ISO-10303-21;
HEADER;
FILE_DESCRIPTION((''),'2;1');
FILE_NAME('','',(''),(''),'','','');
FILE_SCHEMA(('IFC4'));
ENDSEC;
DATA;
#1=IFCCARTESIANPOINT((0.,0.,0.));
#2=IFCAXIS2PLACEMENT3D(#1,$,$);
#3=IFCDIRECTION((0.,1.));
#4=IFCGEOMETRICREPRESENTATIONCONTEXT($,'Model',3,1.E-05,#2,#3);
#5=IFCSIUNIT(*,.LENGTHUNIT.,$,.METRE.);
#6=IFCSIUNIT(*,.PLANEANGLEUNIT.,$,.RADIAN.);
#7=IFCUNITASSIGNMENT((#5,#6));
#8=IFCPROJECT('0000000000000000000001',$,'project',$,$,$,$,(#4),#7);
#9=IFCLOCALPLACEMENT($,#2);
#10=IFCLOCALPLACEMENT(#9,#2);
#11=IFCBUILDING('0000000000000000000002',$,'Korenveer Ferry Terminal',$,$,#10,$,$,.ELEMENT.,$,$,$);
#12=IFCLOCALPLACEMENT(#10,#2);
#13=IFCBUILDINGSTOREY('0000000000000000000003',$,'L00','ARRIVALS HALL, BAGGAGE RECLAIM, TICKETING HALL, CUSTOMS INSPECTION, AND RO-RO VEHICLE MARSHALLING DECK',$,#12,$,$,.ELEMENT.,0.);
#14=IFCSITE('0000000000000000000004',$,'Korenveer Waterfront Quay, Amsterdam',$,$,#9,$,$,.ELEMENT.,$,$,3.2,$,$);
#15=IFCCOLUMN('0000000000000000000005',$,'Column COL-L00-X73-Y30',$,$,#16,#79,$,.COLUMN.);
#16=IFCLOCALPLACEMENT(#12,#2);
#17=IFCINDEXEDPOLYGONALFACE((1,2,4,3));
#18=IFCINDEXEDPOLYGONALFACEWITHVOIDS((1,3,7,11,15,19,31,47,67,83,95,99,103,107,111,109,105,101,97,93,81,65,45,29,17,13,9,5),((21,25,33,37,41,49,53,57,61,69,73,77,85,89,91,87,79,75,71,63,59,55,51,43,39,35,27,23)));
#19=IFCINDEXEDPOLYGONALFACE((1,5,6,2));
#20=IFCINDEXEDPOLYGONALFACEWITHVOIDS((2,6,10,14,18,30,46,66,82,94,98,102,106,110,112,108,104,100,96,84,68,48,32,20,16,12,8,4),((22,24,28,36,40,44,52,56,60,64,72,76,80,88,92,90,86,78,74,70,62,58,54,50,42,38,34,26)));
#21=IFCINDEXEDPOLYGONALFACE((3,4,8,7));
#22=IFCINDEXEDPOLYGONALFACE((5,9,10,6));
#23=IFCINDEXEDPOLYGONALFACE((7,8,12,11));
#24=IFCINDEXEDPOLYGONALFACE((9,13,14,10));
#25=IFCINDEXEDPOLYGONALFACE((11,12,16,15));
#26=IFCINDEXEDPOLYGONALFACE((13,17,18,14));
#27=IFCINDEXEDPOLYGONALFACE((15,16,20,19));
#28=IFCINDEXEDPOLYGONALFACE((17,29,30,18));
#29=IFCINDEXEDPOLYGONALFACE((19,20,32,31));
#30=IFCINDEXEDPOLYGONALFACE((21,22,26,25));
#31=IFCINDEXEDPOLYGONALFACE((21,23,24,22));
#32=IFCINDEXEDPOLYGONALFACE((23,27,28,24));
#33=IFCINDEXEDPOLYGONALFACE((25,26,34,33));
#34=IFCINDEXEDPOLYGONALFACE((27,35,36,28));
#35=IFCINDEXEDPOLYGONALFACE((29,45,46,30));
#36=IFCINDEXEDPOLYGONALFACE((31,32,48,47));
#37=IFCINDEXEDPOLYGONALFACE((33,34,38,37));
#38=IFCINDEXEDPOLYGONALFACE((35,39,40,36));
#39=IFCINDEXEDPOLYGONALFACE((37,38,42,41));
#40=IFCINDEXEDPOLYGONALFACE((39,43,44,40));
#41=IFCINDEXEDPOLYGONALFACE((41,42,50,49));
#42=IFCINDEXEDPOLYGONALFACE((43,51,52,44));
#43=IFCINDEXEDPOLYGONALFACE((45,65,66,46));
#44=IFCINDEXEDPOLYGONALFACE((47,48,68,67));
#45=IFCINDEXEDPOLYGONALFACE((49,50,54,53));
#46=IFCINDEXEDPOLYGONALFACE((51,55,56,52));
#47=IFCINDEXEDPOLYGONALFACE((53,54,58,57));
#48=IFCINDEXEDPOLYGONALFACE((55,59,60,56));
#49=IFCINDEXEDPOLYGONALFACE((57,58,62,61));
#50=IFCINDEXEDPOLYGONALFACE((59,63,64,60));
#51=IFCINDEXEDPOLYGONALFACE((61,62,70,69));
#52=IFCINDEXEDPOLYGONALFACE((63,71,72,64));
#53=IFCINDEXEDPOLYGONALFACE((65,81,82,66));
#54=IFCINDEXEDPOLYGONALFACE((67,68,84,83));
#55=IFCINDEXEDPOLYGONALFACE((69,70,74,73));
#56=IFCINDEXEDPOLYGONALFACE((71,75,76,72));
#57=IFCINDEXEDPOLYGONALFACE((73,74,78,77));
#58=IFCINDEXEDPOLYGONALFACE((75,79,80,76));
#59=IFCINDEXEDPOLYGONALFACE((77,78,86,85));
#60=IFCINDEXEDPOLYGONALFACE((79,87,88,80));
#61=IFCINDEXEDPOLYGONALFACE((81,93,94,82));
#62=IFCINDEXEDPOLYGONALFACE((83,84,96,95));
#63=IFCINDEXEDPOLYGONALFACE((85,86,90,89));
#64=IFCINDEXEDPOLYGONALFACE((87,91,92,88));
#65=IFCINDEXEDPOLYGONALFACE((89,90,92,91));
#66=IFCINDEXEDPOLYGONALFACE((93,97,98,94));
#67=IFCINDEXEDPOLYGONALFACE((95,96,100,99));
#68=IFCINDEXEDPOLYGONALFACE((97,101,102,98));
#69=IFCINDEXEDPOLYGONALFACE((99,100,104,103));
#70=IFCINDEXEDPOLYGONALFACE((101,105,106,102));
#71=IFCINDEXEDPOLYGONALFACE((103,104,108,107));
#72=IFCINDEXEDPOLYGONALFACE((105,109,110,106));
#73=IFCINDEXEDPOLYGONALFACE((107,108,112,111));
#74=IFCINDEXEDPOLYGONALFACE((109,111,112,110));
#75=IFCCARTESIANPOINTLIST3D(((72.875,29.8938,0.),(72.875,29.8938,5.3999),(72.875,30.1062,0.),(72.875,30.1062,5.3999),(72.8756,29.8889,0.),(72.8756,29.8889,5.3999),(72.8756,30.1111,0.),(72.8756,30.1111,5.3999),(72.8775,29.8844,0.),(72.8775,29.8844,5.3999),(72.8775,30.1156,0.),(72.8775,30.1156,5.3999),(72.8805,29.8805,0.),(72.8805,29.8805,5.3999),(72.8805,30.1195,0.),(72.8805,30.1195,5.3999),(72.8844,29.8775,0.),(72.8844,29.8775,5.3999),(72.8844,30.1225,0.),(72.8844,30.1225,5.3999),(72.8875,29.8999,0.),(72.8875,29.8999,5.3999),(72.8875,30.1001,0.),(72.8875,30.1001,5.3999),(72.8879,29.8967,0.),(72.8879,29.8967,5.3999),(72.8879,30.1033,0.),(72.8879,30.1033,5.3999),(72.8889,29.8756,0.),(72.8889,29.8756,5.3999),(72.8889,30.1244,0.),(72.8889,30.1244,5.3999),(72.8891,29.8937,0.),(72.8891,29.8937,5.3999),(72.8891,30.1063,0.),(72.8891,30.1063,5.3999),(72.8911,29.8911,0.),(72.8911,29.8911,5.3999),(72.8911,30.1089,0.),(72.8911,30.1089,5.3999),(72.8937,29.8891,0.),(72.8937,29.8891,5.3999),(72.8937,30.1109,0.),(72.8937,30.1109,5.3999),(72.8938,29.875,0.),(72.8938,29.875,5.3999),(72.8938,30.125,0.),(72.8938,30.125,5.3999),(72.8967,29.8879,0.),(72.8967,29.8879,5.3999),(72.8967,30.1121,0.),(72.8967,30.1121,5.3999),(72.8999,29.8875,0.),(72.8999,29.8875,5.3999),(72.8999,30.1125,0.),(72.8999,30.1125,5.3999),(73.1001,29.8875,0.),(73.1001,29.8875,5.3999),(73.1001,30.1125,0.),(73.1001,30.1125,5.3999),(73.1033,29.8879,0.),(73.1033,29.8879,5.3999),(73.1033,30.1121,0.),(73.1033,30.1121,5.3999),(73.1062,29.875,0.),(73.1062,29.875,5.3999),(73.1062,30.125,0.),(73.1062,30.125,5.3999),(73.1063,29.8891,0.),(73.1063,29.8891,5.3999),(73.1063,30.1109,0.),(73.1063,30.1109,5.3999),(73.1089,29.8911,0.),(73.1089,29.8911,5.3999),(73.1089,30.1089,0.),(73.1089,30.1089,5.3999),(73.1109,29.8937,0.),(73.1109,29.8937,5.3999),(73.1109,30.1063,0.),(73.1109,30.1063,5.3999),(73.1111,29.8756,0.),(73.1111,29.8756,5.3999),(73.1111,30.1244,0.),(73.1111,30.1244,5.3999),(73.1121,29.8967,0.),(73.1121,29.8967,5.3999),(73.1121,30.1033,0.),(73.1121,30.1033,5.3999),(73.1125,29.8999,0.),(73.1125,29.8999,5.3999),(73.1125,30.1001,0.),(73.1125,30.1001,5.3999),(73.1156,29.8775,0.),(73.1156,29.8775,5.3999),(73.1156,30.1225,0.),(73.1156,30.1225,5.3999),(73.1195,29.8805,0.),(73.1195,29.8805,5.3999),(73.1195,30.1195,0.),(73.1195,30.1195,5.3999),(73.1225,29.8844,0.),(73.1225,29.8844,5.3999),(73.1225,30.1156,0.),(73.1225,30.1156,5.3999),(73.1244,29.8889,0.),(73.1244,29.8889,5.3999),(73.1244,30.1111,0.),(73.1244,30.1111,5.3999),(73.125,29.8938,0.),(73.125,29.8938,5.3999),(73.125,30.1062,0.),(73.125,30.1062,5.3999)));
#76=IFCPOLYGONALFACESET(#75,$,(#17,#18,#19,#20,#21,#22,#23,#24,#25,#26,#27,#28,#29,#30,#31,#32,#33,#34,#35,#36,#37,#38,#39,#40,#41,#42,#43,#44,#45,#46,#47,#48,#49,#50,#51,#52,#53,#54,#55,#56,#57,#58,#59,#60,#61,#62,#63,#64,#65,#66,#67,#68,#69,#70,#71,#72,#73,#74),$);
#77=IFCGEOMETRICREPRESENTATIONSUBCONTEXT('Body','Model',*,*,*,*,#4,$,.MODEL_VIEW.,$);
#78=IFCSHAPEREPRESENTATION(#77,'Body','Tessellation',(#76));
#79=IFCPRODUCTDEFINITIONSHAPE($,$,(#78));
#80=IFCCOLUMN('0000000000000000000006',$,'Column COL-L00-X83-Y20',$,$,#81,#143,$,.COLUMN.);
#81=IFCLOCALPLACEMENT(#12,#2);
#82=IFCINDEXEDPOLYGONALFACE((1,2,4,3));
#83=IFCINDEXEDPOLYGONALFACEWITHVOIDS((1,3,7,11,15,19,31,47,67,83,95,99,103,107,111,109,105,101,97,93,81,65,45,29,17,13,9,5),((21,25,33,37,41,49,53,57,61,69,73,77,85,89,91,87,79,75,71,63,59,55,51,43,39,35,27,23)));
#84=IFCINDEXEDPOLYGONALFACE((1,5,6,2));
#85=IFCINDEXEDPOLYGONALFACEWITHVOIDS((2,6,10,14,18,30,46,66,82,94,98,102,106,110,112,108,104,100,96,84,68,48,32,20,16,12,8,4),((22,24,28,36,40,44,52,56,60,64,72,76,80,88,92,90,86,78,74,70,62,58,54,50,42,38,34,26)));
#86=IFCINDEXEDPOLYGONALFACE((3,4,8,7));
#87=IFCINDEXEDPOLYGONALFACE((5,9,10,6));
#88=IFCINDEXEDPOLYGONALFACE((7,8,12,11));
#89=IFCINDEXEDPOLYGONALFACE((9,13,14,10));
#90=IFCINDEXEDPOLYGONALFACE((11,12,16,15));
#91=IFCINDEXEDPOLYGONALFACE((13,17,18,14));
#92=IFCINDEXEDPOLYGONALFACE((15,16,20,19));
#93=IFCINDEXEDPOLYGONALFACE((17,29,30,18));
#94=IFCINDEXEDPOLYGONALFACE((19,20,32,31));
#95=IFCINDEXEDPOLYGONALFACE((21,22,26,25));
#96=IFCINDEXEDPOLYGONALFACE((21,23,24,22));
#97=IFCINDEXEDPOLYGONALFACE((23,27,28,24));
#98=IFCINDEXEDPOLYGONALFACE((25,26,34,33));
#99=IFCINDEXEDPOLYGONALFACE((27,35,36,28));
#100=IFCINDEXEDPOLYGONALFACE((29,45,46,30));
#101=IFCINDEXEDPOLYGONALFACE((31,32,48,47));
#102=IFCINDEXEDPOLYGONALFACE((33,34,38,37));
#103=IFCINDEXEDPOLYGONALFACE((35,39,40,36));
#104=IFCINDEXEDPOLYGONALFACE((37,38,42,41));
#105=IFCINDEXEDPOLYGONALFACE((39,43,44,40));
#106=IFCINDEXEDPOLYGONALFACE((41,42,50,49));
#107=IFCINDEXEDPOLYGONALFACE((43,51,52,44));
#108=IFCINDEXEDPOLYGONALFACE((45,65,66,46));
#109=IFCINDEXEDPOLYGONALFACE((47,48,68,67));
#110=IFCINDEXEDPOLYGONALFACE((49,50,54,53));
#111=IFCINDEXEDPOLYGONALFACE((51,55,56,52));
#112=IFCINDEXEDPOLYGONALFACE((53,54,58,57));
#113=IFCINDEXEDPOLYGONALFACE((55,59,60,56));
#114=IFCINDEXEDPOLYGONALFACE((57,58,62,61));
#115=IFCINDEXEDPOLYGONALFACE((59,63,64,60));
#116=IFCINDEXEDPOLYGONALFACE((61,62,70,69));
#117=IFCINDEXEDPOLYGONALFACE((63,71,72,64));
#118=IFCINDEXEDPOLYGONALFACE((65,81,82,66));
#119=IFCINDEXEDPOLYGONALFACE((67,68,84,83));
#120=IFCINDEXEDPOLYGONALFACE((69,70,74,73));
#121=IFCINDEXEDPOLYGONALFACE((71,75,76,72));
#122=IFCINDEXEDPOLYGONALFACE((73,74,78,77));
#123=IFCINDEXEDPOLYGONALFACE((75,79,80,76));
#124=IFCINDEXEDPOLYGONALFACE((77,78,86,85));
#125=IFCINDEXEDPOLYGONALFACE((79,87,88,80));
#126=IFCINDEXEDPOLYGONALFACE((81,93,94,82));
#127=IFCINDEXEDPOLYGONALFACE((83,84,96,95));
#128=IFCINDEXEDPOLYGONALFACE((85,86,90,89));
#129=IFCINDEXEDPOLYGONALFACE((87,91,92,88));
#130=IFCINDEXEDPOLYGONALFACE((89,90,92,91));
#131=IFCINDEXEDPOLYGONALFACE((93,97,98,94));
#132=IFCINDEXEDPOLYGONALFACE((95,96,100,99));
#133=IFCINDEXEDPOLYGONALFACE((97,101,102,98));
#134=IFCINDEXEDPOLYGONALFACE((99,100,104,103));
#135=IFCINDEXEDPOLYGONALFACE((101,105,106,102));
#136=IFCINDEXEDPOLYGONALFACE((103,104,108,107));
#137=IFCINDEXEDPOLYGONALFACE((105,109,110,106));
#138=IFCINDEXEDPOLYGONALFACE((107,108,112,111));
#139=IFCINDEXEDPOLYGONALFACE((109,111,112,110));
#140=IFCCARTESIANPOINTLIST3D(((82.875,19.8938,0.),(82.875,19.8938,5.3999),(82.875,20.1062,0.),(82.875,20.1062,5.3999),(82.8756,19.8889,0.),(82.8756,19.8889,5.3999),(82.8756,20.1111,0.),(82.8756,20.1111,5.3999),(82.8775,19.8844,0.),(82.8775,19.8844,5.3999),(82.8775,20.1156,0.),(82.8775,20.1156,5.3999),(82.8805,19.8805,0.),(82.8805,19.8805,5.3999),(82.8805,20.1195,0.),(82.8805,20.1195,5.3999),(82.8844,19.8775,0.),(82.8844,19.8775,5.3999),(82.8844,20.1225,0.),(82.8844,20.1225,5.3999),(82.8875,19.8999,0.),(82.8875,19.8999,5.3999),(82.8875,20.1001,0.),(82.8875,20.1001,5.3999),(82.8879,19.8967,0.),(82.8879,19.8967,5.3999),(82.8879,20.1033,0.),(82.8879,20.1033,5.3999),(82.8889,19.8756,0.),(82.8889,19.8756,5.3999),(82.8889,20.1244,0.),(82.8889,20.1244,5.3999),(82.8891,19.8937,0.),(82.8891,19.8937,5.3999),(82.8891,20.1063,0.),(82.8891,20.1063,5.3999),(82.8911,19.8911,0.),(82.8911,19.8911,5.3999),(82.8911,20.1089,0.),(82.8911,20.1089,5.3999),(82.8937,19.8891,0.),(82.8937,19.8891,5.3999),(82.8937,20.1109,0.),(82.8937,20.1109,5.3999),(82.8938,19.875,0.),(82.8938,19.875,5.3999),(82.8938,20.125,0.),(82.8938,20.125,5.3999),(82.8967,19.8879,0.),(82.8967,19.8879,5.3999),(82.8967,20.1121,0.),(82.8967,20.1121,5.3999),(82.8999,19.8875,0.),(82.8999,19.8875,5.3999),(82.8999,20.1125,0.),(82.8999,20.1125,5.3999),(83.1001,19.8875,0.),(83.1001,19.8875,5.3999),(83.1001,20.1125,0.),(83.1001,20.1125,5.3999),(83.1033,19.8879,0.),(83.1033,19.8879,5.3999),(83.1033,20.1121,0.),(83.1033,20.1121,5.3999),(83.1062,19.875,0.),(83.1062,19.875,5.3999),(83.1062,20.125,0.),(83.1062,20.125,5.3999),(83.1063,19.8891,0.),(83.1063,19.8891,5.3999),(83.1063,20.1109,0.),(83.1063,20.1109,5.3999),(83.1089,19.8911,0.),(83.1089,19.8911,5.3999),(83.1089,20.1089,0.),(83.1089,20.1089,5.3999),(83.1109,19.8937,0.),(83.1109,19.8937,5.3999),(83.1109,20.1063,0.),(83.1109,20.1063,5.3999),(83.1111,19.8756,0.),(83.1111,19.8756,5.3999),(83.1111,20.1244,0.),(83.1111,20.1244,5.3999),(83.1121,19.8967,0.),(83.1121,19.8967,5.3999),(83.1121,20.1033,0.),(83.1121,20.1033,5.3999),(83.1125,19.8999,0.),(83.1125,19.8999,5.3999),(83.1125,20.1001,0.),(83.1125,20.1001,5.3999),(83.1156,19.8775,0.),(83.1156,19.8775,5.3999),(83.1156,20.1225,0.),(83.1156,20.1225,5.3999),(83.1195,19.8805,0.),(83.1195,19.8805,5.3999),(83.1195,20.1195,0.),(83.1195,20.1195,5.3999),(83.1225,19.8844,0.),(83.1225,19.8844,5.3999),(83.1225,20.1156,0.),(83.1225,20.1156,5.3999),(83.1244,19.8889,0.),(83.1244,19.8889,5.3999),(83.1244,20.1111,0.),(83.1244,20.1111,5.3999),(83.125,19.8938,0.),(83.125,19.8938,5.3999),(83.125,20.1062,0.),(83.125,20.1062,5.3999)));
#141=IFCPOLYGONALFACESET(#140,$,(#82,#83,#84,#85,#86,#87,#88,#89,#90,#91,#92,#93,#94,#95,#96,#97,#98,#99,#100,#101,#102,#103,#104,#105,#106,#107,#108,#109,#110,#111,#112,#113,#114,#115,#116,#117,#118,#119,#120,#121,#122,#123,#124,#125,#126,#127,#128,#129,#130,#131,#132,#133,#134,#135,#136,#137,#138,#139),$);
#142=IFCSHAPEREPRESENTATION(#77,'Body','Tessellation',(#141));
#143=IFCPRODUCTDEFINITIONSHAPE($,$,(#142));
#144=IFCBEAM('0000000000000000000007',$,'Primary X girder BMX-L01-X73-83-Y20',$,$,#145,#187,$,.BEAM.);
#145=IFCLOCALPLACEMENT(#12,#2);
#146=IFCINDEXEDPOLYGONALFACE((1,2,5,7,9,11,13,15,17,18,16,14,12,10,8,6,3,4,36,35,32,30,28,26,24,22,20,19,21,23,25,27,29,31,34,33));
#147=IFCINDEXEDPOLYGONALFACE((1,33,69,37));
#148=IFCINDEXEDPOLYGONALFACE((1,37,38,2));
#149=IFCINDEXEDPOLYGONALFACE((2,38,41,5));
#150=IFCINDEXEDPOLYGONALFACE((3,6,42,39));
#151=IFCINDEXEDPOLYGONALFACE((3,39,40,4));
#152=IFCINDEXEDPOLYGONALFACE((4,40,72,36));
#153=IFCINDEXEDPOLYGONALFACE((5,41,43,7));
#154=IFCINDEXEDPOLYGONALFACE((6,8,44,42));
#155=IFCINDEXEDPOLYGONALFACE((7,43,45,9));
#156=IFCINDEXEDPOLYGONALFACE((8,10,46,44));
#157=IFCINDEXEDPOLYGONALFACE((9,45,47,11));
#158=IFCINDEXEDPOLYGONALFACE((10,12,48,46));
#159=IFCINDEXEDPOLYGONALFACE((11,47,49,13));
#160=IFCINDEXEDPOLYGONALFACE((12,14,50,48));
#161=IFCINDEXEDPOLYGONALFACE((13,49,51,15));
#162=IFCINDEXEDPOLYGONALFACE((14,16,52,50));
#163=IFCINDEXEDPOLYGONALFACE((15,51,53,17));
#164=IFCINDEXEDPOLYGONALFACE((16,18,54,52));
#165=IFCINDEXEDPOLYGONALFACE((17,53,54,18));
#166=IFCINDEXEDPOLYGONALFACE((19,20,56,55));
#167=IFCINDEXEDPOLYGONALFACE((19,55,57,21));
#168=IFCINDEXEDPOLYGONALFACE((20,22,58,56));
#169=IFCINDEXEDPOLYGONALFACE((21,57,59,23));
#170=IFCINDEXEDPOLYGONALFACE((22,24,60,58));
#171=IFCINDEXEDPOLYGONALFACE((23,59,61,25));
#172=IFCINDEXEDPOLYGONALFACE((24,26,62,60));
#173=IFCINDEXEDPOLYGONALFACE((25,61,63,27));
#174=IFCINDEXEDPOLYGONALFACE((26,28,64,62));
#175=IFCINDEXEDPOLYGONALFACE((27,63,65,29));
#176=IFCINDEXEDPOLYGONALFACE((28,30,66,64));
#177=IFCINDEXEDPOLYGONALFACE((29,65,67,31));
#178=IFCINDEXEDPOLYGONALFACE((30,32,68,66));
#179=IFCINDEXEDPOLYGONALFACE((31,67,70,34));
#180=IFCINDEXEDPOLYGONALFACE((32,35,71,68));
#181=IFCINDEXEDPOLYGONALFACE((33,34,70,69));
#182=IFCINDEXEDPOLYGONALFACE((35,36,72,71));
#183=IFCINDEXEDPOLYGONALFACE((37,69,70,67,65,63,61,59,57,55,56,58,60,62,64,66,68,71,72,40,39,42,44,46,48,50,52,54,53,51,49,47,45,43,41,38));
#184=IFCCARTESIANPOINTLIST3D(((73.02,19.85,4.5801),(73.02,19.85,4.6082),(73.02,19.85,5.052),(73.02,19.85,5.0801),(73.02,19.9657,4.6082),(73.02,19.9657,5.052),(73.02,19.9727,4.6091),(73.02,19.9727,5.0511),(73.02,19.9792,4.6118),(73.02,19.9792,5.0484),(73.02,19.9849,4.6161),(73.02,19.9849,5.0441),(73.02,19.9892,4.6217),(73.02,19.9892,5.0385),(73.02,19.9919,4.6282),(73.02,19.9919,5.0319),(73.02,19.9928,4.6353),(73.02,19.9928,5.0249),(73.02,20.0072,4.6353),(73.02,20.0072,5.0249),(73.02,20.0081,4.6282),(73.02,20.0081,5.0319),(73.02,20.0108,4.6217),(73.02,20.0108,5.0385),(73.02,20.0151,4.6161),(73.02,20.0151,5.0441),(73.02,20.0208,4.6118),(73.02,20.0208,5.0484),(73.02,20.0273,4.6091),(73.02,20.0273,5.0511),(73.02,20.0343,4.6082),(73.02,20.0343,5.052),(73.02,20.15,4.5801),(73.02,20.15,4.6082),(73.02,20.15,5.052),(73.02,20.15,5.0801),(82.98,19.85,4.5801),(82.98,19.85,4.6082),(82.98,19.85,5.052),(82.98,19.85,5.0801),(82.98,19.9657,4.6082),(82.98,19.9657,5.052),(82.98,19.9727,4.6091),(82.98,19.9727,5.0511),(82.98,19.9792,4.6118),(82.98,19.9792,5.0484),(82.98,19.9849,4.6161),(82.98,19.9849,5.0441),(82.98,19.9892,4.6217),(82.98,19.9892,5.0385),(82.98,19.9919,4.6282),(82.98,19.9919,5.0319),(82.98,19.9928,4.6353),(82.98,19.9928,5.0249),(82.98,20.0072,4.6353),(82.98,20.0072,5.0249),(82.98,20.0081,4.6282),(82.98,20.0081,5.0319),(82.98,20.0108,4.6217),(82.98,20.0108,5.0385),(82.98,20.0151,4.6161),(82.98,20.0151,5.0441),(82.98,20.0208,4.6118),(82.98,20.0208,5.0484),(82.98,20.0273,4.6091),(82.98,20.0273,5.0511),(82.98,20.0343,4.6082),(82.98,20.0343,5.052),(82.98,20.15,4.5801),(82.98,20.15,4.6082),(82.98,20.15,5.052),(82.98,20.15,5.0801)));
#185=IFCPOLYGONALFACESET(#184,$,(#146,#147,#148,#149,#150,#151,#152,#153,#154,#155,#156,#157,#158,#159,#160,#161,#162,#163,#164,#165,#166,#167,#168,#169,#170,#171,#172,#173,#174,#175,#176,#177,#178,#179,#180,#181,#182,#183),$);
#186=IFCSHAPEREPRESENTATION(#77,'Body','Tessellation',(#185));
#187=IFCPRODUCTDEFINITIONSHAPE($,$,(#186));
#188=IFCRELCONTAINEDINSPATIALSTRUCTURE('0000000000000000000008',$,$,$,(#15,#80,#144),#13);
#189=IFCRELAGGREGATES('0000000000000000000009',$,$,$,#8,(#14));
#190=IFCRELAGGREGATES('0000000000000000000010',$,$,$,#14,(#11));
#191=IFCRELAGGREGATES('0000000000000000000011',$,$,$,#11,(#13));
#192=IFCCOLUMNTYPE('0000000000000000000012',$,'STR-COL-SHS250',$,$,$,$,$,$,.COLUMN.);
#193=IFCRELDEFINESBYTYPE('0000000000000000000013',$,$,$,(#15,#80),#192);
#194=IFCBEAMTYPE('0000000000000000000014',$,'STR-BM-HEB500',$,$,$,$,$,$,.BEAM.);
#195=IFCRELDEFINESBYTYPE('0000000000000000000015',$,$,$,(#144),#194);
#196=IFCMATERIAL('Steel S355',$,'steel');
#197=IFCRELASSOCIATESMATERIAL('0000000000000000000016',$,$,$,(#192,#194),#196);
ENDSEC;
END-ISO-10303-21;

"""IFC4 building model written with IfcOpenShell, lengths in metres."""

from ifc_helpers import new_model, si_unit, direction, frame, origin, origin_2d, place, context, subcontext, project, spatial, hollow_rectangle, i_section, extrude, material, material_profile, profile_set, type_object, element, save


model = new_model("IFC4")

# Units and contexts
model_context = context("Model", 3, precision=1e-05, world=origin(), true_north=direction((0.0, 1.0)))
body_context = subcontext(model_context, "Body", "Model", "MODEL_VIEW")
ifc_project = project(units=[si_unit("LENGTHUNIT", "METRE"), si_unit("PLANEANGLEUNIT", "RADIAN")], contexts=[model_context])

# Site, building, storey
site_placement = place(None, origin())
site = spatial("IfcSite", under=ifc_project, at=site_placement, Name="Korenveer Waterfront Quay, Amsterdam", CompositionType="ELEMENT", RefElevation=3.2)
building_placement = place(site_placement, origin())
building = spatial("IfcBuilding", under=site, at=building_placement, Name="Korenveer Ferry Terminal", CompositionType="ELEMENT")
storey_placement = place(building_placement, origin())
storey = spatial("IfcBuildingStorey", under=building, at=storey_placement, Name="L00", Description="ARRIVALS HALL, BAGGAGE RECLAIM, TICKETING HALL, CUSTOMS INSPECTION, AND RO-RO VEHICLE MARSHALLING DECK", CompositionType="ELEMENT", Elevation=0.0)

# Columns
ifc_material_1 = material(Name="Steel S355", Category="steel")
ifc_material_profile_1 = material_profile(ifc_material_1, hollow_rectangle(XDim=0.25, YDim=0.25, WallThickness=0.0125, InnerFilletRadius=0.0125, OuterFilletRadius=0.0188, at=origin_2d()), Name="SHS 250x250x12.5")
ifc_profile_set_1 = profile_set([ifc_material_profile_1], Name="Steel S355")
column_type = type_object("IfcColumnType", Name="STR-COL-SHS250", PredefinedType="COLUMN", material=ifc_profile_set_1)
for number, where, z_axis, x_axis, name in (
    (1, (73.0, 30.0, 0.0), (0.0, 0.0, 1.0), (1.0, 0.0, 0.0), "Column COL-L00-X73-Y30"),
    (2, (83.0, 20.0, 0.0), (0.0, 0.0, 1.0), (1.0, 0.0, 0.0), "Column COL-L00-X83-Y20"),
):
    element("IfcColumn", number, at=place(storey_placement, frame(where, z_axis=z_axis, x_axis=x_axis)), inside=storey, type_object=column_type, Name=name, PredefinedType="COLUMN", context=body_context, shape_type="SweptSolid", body=[
        extrude(hollow_rectangle(XDim=0.25, YDim=0.25, WallThickness=0.0125, InnerFilletRadius=0.0125, OuterFilletRadius=0.0188, at=origin_2d()), origin(), (0.0, 0.0, 1.0), 5.3999),
    ])

# Beam
ifc_material_profile_2 = material_profile(ifc_material_1, i_section(OverallWidth=0.3, OverallDepth=0.5, WebThickness=0.0144, FlangeThickness=0.0281, FilletRadius=0.0271, at=origin_2d()), Name="HEB 500")
ifc_profile_set_2 = profile_set([ifc_material_profile_2], Name="Steel S355")
beam_type_1 = type_object("IfcBeamType", Name="STR-BM-HEB500", PredefinedType="BEAM", material=ifc_profile_set_2)
for number, where, z_axis, x_axis, name in (
    (3, (73.02, 20.0, 4.8301), (1.0, 0.0, 0.0), (0.0, 1.0, 0.0), "Primary X girder BMX-L01-X73-83-Y20"),
):
    element("IfcBeam", number, at=place(storey_placement, frame(where, z_axis=z_axis, x_axis=x_axis)), inside=storey, type_object=beam_type_1, Name=name, PredefinedType="BEAM", context=body_context, shape_type="SweptSolid", body=[
        extrude(i_section(OverallWidth=0.3, OverallDepth=0.5, WebThickness=0.0144, FlangeThickness=0.0281, FilletRadius=0.0271, at=origin_2d()), origin(), (0.0, 0.0, 1.0), 9.96),
    ])

save(model, "model.ifc")
